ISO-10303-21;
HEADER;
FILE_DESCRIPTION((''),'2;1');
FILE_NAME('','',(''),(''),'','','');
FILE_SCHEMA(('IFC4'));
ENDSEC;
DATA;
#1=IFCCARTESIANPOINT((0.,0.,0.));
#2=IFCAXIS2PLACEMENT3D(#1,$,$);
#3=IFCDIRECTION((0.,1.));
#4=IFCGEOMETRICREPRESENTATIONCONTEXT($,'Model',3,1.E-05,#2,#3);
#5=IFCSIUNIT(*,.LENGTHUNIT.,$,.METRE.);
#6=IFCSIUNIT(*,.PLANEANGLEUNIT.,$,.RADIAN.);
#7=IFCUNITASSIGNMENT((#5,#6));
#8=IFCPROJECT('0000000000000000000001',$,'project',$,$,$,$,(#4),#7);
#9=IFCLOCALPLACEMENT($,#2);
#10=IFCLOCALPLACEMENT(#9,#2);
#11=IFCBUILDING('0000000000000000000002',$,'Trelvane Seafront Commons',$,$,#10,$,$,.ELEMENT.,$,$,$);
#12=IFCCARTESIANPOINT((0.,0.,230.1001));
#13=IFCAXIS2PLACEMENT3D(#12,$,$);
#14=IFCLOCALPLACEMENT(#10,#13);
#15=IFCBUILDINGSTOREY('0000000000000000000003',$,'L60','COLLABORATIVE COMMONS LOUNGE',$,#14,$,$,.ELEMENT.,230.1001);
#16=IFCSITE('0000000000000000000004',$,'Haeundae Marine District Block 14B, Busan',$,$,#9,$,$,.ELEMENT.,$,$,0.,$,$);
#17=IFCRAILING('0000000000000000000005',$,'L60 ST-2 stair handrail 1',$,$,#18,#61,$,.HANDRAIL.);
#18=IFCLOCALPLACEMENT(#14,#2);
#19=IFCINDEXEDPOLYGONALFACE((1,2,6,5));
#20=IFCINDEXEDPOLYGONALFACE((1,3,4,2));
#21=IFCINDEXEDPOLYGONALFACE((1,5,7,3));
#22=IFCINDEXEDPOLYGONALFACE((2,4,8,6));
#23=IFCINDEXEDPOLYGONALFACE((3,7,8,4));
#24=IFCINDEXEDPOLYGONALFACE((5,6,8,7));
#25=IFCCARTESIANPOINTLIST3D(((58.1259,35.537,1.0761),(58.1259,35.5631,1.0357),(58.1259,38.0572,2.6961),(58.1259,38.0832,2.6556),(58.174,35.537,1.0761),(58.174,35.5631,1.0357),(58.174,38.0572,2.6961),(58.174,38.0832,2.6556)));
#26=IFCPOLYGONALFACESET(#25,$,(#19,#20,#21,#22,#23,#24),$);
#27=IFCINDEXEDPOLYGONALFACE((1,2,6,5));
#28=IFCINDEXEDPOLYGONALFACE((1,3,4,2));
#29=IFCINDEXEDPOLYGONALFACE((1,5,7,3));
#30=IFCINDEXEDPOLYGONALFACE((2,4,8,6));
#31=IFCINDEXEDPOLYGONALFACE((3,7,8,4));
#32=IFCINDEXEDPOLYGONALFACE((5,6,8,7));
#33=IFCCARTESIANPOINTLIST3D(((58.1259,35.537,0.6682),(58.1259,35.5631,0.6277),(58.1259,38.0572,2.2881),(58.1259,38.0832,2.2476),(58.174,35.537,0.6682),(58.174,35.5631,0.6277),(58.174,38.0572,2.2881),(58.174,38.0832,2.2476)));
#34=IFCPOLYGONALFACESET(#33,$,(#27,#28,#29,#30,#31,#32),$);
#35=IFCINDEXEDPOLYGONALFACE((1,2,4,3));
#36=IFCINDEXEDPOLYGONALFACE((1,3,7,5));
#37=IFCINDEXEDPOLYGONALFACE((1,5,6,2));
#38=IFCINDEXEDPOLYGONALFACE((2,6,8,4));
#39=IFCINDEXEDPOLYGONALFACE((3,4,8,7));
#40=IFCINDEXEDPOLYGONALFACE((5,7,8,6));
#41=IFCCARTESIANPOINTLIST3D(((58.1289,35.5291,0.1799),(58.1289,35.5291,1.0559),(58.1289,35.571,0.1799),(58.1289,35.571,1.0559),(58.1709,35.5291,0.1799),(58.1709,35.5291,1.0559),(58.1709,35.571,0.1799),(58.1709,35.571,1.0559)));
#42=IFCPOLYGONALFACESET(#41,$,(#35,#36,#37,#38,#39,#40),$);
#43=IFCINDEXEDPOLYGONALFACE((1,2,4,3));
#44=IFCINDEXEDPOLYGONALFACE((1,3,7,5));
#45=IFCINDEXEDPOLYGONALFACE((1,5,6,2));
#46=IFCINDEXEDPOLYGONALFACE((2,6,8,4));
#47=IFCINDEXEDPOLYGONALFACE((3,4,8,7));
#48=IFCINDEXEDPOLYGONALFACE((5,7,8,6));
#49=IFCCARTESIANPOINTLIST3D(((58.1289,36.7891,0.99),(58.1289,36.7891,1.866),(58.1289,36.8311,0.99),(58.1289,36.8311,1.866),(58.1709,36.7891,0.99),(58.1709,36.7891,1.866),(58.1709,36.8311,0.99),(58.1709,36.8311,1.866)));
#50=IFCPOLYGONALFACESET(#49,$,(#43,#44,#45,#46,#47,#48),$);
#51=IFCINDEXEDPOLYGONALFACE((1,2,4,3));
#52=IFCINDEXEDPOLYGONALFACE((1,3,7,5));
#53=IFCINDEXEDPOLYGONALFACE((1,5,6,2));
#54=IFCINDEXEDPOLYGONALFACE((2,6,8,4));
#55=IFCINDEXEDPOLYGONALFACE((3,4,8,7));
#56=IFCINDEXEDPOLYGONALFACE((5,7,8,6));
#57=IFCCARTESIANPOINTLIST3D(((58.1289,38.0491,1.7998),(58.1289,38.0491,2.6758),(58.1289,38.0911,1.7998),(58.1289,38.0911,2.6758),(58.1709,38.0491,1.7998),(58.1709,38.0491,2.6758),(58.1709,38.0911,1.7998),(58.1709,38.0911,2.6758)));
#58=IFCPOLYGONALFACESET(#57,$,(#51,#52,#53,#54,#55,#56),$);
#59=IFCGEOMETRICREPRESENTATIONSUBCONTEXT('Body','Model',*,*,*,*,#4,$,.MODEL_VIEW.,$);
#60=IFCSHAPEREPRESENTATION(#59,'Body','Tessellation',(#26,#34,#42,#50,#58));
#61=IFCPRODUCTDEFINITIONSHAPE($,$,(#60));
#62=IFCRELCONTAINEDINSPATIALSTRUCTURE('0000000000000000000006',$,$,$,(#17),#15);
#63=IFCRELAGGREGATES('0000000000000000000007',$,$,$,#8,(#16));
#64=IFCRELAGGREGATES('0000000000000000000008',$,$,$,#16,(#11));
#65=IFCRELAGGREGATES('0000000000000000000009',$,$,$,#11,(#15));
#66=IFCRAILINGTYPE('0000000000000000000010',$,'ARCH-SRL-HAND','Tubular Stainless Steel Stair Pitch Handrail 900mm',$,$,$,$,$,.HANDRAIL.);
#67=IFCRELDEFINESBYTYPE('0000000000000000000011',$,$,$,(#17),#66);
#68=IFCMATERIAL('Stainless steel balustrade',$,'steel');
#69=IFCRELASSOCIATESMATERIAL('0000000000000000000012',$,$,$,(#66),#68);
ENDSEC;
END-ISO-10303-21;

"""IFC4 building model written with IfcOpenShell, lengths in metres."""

from ifc_helpers import new_model, si_unit, direction, frame, origin, origin_2d, place, context, subcontext, project, spatial, rectangle, extrude, material, type_object, element, save


model = new_model("IFC4")

# Units and contexts
model_context = context("Model", 3, precision=1e-05, world=origin(), true_north=direction((0.0, 1.0)))
body_context = subcontext(model_context, "Body", "Model", "MODEL_VIEW")
ifc_project = project(units=[si_unit("LENGTHUNIT", "METRE"), si_unit("PLANEANGLEUNIT", "RADIAN")], contexts=[model_context])

# Site, building, storey
site_placement = place(None, origin())
site = spatial("IfcSite", under=ifc_project, at=site_placement, Name="Haeundae Marine District Block 14B, Busan", CompositionType="ELEMENT", RefElevation=0.0)
building_placement = place(site_placement, origin())
building = spatial("IfcBuilding", under=site, at=building_placement, Name="Trelvane Seafront Commons", CompositionType="ELEMENT")
storey_placement = place(building_placement, frame((0.0, 0.0, 230.1001)))
storey = spatial("IfcBuildingStorey", under=building, at=storey_placement, Name="L60", Description="COLLABORATIVE COMMONS LOUNGE", CompositionType="ELEMENT", Elevation=230.1001)

# Railing
ifc_material_1 = material(Name="Stainless steel balustrade", Category="steel")
railing_type_1 = type_object("IfcRailingType", Name="ARCH-SRL-HAND", Description="Tubular Stainless Steel Stair Pitch Handrail 900mm", PredefinedType="HANDRAIL", material=ifc_material_1)
railing_1_placement = place(storey_placement, frame((58.1499, 35.55, 0.1799)))
element("IfcRailing", 1, at=railing_1_placement, inside=storey, type_object=railing_type_1, Name="L60 ST-2 stair handrail 1", PredefinedType="HANDRAIL", context=body_context, shape_type="SweptSolid", body=[
    extrude(rectangle(XDim=0.0481, YDim=0.0481, at=origin_2d()), frame((0.0, 0.0, 0.876), z_axis=(0.0, 0.8412, 0.540725), x_axis=(-1.0, 0.0, 0.0)), (0.0, 0.0, 1.0), 2.9958),
    extrude(rectangle(XDim=0.0481, YDim=0.0481, at=origin_2d()), frame((0.0, 0.0, 0.468), z_axis=(0.0, 0.8412, 0.540725), x_axis=(-1.0, 0.0, 0.0)), (0.0, 0.0, 1.0), 2.9958),
    extrude(rectangle(XDim=0.042, YDim=0.042, at=origin_2d()), origin(), (0.0, 0.0, 1.0), 0.876),
    extrude(rectangle(XDim=0.042, YDim=0.042, at=origin_2d()), frame((0.0, 1.26, 0.8101)), (0.0, 0.0, 1.0), 0.876),
    extrude(rectangle(XDim=0.042, YDim=0.042, at=origin_2d()), frame((0.0, 2.52, 1.6199)), (0.0, 0.0, 1.0), 0.876),
])

save(model, "model.ifc")
